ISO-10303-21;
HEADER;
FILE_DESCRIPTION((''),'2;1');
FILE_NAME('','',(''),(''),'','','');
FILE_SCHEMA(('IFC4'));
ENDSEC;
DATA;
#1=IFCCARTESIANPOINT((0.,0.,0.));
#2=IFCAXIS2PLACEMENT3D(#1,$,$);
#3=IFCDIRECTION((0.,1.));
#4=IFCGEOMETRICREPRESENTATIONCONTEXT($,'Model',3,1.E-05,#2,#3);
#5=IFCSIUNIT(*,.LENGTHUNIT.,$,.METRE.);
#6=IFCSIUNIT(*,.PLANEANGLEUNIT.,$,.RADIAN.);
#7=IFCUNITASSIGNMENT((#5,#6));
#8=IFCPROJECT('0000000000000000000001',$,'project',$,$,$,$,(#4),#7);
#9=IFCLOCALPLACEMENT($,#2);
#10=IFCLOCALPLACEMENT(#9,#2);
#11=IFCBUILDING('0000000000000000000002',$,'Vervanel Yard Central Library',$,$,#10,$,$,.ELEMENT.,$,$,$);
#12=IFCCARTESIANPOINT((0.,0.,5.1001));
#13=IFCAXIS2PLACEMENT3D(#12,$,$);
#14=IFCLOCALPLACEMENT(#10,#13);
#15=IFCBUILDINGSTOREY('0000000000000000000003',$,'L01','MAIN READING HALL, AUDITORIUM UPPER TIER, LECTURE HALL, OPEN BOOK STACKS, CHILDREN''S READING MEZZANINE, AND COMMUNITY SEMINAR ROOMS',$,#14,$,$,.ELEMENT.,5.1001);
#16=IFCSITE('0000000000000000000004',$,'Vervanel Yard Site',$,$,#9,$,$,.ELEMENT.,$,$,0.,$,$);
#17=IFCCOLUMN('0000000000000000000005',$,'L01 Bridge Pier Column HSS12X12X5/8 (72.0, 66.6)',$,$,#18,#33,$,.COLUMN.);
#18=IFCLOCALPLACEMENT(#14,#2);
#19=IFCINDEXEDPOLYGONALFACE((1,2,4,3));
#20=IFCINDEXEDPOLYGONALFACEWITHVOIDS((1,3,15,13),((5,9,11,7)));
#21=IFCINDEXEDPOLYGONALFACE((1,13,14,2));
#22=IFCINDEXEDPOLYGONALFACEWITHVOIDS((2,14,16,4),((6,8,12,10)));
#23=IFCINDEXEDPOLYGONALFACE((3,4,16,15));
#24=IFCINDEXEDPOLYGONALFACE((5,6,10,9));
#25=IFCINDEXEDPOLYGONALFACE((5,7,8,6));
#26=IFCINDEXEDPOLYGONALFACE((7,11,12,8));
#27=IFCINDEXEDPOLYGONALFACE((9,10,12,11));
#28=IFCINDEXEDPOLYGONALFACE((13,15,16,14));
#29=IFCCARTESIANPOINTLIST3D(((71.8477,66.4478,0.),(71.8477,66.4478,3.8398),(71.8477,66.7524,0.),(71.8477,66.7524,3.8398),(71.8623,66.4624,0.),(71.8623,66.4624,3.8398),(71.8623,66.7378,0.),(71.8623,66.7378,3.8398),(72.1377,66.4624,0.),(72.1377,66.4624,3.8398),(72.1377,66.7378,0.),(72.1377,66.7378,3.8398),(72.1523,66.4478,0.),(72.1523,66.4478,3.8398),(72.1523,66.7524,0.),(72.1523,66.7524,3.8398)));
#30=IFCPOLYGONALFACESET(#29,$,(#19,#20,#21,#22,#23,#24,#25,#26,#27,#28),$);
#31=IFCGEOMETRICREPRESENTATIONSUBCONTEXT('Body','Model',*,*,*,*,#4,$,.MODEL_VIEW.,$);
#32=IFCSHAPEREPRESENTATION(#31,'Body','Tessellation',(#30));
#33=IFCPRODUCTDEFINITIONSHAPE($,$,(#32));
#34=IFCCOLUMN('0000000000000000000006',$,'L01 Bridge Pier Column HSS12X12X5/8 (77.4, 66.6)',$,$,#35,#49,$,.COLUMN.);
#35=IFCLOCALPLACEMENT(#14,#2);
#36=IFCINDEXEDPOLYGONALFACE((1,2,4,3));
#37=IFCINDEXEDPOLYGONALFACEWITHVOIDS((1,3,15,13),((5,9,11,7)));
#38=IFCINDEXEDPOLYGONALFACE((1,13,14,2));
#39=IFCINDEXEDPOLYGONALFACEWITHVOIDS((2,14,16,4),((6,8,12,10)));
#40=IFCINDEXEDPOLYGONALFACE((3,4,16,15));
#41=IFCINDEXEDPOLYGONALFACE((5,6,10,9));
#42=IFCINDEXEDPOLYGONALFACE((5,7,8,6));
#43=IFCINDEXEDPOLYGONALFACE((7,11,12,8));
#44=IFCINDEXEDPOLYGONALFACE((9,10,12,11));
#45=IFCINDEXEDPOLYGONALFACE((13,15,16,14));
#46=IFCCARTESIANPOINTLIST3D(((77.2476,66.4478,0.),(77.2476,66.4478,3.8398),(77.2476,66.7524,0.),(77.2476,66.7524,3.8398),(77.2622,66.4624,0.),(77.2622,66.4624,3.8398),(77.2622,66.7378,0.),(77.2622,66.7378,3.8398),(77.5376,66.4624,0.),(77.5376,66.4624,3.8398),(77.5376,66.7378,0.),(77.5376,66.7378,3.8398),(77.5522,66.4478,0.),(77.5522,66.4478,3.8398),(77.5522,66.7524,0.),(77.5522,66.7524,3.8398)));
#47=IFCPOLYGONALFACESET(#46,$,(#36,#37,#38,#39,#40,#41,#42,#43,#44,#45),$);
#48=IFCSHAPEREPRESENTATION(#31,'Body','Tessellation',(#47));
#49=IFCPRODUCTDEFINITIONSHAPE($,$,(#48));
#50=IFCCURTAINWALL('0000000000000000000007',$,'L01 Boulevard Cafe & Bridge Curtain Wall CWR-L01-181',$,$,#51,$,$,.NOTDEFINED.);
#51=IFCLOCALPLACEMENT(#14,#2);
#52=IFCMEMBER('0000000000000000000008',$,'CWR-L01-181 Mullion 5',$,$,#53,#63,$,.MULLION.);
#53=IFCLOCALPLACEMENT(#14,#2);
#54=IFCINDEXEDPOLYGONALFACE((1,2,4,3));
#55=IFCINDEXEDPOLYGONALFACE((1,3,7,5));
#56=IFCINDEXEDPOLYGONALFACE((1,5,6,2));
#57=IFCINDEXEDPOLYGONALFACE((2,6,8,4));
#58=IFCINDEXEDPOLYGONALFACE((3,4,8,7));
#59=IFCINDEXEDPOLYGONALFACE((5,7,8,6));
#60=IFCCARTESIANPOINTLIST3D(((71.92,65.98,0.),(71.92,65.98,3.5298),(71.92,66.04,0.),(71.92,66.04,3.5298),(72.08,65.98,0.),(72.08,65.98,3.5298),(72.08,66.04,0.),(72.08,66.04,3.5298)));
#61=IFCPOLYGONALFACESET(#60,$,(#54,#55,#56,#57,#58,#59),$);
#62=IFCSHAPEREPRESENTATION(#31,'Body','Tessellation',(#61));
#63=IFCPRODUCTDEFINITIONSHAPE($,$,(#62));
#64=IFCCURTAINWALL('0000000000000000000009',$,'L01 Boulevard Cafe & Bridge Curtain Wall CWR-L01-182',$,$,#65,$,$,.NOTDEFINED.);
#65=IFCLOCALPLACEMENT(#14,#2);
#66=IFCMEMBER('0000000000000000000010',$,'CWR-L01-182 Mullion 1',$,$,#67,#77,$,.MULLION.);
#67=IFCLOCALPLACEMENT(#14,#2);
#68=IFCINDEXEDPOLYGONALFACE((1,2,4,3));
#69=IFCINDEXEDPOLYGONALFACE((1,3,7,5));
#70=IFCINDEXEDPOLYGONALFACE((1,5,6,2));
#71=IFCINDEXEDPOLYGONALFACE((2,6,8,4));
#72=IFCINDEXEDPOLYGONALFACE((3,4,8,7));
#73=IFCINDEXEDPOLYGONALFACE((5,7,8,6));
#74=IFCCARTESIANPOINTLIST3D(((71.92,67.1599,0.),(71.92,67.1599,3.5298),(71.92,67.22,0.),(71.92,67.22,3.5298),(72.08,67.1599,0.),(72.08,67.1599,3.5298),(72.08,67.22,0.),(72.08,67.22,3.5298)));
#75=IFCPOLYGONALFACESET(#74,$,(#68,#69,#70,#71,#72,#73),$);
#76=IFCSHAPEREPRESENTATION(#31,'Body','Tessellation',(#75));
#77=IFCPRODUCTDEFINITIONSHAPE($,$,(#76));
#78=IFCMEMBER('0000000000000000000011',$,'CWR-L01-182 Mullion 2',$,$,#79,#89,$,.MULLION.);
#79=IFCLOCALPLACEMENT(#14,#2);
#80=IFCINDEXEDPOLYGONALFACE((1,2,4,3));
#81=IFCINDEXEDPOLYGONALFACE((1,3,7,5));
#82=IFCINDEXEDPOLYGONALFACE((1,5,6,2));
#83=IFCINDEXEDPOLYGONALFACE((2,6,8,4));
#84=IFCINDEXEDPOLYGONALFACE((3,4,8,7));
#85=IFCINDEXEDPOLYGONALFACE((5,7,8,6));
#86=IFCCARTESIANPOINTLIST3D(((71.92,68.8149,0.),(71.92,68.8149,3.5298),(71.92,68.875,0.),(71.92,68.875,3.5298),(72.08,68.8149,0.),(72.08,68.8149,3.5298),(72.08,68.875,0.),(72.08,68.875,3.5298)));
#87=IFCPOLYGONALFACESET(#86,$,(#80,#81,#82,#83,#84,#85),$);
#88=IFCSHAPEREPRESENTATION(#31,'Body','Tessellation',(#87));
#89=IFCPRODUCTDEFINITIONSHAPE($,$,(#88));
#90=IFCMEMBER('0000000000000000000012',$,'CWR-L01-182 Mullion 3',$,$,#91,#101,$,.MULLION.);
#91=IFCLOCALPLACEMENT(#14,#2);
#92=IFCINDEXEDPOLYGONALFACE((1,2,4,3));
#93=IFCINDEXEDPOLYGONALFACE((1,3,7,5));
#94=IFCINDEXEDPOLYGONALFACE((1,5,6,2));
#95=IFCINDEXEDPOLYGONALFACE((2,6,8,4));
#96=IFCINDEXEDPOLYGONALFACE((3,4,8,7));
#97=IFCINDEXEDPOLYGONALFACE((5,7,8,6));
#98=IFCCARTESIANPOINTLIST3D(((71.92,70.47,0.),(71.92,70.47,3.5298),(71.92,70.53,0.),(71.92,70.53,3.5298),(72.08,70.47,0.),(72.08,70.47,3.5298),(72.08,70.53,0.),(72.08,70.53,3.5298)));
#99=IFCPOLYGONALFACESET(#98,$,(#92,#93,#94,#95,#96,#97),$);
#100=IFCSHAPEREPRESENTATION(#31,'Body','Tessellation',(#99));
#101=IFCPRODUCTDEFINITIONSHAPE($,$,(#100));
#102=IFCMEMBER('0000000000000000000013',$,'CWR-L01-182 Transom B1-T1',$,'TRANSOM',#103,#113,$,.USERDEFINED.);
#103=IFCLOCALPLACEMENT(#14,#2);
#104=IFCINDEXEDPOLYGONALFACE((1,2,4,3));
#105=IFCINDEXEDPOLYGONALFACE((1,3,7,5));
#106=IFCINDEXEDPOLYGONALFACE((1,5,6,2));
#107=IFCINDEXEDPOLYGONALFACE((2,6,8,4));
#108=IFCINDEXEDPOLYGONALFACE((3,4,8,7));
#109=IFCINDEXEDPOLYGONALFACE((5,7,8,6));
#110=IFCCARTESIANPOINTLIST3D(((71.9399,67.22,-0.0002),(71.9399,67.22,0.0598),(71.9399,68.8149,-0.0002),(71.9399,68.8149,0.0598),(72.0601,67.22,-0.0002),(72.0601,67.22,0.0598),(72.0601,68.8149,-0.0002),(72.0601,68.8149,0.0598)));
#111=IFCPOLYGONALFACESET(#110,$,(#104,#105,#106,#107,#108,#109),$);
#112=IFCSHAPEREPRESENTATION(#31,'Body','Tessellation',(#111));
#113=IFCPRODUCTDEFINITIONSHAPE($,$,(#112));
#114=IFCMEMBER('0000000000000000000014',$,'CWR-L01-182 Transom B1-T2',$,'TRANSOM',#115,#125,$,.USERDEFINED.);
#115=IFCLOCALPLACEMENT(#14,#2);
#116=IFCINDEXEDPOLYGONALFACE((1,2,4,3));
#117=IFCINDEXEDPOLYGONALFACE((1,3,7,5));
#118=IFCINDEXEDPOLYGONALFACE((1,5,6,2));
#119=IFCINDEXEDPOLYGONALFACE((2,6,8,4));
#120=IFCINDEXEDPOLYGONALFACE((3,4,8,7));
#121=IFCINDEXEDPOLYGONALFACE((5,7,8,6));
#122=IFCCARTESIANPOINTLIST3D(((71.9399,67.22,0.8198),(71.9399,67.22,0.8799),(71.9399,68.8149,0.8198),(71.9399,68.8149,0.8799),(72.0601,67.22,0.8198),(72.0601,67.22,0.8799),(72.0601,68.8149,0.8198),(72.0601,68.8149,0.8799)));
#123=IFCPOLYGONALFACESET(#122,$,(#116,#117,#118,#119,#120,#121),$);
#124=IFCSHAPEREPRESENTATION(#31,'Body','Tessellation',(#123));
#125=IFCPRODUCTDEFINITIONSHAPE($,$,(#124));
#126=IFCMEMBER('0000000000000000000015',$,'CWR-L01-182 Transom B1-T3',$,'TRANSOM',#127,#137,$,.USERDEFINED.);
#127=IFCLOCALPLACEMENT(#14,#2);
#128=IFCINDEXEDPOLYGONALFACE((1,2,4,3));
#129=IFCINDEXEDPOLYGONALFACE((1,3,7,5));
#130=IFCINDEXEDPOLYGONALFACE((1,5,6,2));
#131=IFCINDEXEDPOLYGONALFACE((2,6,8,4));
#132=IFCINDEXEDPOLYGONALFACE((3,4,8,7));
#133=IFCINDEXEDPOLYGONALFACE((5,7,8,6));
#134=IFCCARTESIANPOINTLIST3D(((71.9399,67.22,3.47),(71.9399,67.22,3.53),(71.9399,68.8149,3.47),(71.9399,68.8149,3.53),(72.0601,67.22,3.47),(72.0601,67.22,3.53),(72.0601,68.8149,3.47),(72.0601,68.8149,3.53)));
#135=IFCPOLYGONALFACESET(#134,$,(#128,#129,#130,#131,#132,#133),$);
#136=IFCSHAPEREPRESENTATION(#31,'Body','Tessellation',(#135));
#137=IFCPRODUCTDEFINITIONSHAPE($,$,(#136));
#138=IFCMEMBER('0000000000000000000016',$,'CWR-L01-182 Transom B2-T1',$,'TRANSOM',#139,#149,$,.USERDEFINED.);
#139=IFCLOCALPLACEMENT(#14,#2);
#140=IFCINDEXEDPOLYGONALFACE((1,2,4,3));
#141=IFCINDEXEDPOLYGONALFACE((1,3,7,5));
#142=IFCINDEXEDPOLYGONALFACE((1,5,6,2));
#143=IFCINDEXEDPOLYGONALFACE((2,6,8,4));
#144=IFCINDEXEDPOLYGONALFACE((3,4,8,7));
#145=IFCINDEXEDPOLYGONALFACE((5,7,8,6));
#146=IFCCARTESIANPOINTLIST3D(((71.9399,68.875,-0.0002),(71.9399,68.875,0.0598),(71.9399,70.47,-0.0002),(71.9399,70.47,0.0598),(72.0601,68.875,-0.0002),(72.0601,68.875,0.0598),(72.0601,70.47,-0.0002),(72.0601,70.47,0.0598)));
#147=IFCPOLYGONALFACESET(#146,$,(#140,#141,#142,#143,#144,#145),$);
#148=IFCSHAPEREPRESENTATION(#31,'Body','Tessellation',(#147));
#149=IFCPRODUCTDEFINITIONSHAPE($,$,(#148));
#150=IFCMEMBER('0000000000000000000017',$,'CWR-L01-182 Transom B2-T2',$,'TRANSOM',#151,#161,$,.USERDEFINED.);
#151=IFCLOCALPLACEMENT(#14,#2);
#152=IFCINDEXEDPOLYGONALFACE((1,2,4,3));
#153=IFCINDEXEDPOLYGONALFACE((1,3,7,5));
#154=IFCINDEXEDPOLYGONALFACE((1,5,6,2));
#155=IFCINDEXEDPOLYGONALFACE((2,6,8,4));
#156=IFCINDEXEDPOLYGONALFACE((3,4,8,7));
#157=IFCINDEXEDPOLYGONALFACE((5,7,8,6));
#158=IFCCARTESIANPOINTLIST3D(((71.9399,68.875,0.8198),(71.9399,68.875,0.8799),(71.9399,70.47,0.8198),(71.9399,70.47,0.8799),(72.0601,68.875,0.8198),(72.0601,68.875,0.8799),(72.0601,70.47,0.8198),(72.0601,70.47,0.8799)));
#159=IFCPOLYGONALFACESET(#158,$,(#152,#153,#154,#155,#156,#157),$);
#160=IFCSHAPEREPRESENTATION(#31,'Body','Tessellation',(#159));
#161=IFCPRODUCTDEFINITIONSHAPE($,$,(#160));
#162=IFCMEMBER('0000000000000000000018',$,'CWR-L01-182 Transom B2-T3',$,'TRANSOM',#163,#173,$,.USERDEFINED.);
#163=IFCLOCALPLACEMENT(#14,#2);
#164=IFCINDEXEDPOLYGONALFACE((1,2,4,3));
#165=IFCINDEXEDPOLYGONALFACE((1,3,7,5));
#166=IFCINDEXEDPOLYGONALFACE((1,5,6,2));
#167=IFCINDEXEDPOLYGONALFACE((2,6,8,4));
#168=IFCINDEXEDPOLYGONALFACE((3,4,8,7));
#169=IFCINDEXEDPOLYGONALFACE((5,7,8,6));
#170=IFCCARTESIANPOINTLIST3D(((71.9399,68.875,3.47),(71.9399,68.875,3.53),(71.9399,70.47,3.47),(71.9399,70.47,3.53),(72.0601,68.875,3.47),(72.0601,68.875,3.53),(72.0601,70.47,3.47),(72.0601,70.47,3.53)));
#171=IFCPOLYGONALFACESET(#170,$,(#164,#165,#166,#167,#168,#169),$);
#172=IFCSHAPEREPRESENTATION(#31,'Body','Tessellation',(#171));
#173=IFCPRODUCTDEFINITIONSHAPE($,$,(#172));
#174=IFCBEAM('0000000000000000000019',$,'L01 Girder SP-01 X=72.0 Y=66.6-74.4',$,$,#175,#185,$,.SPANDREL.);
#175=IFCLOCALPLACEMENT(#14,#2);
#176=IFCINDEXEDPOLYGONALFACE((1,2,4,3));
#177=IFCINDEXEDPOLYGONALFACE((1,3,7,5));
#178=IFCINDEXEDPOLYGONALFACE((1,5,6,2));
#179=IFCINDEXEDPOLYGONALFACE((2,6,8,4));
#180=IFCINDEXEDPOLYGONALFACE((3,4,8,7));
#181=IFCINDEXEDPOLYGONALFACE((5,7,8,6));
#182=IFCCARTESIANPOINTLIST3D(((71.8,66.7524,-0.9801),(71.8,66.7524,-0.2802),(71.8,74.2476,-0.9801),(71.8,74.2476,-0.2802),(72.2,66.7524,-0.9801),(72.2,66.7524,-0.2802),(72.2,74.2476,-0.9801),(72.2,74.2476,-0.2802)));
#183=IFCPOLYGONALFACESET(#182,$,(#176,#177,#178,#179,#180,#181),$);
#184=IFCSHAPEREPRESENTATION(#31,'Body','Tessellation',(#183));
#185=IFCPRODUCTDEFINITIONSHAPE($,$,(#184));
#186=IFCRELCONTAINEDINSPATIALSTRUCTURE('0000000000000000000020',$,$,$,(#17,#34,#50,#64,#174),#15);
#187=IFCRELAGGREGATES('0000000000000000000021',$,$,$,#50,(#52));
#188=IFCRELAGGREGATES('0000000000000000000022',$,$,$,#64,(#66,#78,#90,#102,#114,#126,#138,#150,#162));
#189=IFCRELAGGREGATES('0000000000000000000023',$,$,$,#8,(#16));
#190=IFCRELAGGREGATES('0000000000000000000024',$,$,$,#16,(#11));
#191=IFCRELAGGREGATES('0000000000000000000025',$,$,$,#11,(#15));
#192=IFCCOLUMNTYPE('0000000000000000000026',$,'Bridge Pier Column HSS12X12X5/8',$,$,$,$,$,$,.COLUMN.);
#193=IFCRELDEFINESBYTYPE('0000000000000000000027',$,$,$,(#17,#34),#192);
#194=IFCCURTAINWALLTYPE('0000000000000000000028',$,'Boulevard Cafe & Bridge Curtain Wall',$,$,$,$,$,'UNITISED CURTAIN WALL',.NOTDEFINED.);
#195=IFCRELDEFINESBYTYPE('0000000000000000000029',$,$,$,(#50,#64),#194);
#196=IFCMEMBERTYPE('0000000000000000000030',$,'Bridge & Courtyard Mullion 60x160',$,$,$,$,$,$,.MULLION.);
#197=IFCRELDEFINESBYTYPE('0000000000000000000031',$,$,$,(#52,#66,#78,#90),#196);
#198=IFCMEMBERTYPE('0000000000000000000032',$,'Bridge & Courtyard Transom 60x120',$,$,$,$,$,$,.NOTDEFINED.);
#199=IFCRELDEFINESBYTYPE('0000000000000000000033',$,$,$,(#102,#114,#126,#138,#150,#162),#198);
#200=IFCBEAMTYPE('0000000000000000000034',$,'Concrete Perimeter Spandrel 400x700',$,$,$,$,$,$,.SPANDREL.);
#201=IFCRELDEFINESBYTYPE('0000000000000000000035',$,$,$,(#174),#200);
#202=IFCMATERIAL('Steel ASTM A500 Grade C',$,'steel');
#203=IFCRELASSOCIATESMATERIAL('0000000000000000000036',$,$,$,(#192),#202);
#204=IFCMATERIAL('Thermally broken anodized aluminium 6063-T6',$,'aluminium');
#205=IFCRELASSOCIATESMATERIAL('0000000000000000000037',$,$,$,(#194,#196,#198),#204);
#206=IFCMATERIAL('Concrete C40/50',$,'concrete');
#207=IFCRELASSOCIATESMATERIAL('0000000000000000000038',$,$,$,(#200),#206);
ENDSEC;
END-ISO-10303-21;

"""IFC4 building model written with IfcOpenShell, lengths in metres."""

from ifc_helpers import new_model, si_unit, direction, frame, origin, origin_2d, place, context, subcontext, project, spatial, rectangle, hollow_rectangle, extrude, material, material_profile, profile_set, type_object, element, aggregate, save


model = new_model("IFC4")

# Units and contexts
model_context = context("Model", 3, precision=1e-05, world=origin(), true_north=direction((0.0, 1.0)))
body_context = subcontext(model_context, "Body", "Model", "MODEL_VIEW")
ifc_project = project(units=[si_unit("LENGTHUNIT", "METRE"), si_unit("PLANEANGLEUNIT", "RADIAN")], contexts=[model_context])

# Site, building, storey
site_placement = place(None, origin())
site = spatial("IfcSite", under=ifc_project, at=site_placement, Name="Vervanel Yard Site", CompositionType="ELEMENT", RefElevation=0.0)
building_placement = place(site_placement, origin())
building = spatial("IfcBuilding", under=site, at=building_placement, Name="Vervanel Yard Central Library", CompositionType="ELEMENT")
storey_placement = place(building_placement, frame((0.0, 0.0, 5.1001)))
storey = spatial("IfcBuildingStorey", under=building, at=storey_placement, Name="L01", Description="MAIN READING HALL, AUDITORIUM UPPER TIER, LECTURE HALL, OPEN BOOK STACKS, CHILDREN'S READING MEZZANINE, AND COMMUNITY SEMINAR ROOMS", CompositionType="ELEMENT", Elevation=5.1001)

# Columns
ifc_material_1 = material(Name="Steel ASTM A500 Grade C", Category="steel")
ifc_material_profile_1 = material_profile(ifc_material_1, hollow_rectangle(XDim=0.3047, YDim=0.3047, WallThickness=0.0146, at=origin_2d()), Name="HSS12X12X5/8", Category="steel")
ifc_profile_set_1 = profile_set([ifc_material_profile_1], Name="Steel ASTM A500 Grade C")
column_type = type_object("IfcColumnType", Name="Bridge Pier Column HSS12X12X5/8", PredefinedType="COLUMN", material=ifc_profile_set_1)
for number, where, z_axis, x_axis, name in (
    (1, (72.0, 66.6001, 0.0), (0.0, 0.0, 1.0), (1.0, 0.0, 0.0), "L01 Bridge Pier Column HSS12X12X5/8 (72.0, 66.6)"),
    (2, (77.3999, 66.6001, 0.0), (0.0, 0.0, 1.0), (1.0, 0.0, 0.0), "L01 Bridge Pier Column HSS12X12X5/8 (77.4, 66.6)"),
):
    element("IfcColumn", number, at=place(storey_placement, frame(where, z_axis=z_axis, x_axis=x_axis)), inside=storey, type_object=column_type, Name=name, PredefinedType="COLUMN", context=body_context, shape_type="SweptSolid", body=[
        extrude(hollow_rectangle(XDim=0.3047, YDim=0.3047, WallThickness=0.0146, at=origin_2d()), origin(), (0.0, 0.0, 1.0), 3.8398),
    ])

# Curtain wall, member
ifc_material_2 = material(Name="Thermally broken anodized aluminium 6063-T6", Category="aluminium")
curtain_wall_type = type_object("IfcCurtainWallType", Name="Boulevard Cafe & Bridge Curtain Wall", ElementType="UNITISED CURTAIN WALL", PredefinedType="NOTDEFINED", material=ifc_material_2)
curtain_wall_1_placement = place(storey_placement, origin())
curtain_wall_1 = element("IfcCurtainWall", 3, at=curtain_wall_1_placement, inside=storey, type_object=curtain_wall_type, Name="L01 Boulevard Cafe & Bridge Curtain Wall CWR-L01-181", PredefinedType="NOTDEFINED")
ifc_material_profile_2 = material_profile(ifc_material_2, rectangle(XDim=0.0601, YDim=0.1599, at=origin_2d()), Name="ALU 60x160", Category="aluminium")
ifc_profile_set_2 = profile_set([ifc_material_profile_2], Name="Thermally broken anodized aluminium 6063-T6")
member_type_1 = type_object("IfcMemberType", Name="Bridge & Courtyard Mullion 60x160", PredefinedType="MULLION", material=ifc_profile_set_2)
member_1_placement = place(storey_placement, frame((72.0, 66.01, 0.0), z_axis=(0.0, 0.0, 1.0), x_axis=(0.0, 1.0, 0.0)))
member_1 = element("IfcMember", 4, at=member_1_placement, type_object=member_type_1, Name="CWR-L01-181 Mullion 5", PredefinedType="MULLION", context=body_context, shape_type="SweptSolid", body=[
    extrude(rectangle(XDim=0.0601, YDim=0.1599, at=origin_2d()), origin(), (0.0, 0.0, 1.0), 3.5298),
])

# Curtain wall, members
curtain_wall_2_placement = place(storey_placement, origin())
curtain_wall_2 = element("IfcCurtainWall", 5, at=curtain_wall_2_placement, inside=storey, type_object=curtain_wall_type, Name="L01 Boulevard Cafe & Bridge Curtain Wall CWR-L01-182", PredefinedType="NOTDEFINED")
member_2_placement = place(storey_placement, frame((72.0, 67.1899, 0.0), z_axis=(0.0, 0.0, 1.0), x_axis=(0.0, 1.0, 0.0)))
member_2 = element("IfcMember", 6, at=member_2_placement, type_object=member_type_1, Name="CWR-L01-182 Mullion 1", PredefinedType="MULLION", context=body_context, shape_type="SweptSolid", body=[
    extrude(rectangle(XDim=0.0601, YDim=0.1599, at=origin_2d()), origin(), (0.0, 0.0, 1.0), 3.5298),
])
member_3_placement = place(storey_placement, frame((72.0, 68.845, 0.0), z_axis=(0.0, 0.0, 1.0), x_axis=(0.0, 1.0, 0.0)))
member_3 = element("IfcMember", 7, at=member_3_placement, type_object=member_type_1, Name="CWR-L01-182 Mullion 2", PredefinedType="MULLION", context=body_context, shape_type="SweptSolid", body=[
    extrude(rectangle(XDim=0.0601, YDim=0.1599, at=origin_2d()), origin(), (0.0, 0.0, 1.0), 3.5298),
])
member_4_placement = place(storey_placement, frame((72.0, 70.5, 0.0), z_axis=(0.0, 0.0, 1.0), x_axis=(0.0, 1.0, 0.0)))
member_4 = element("IfcMember", 8, at=member_4_placement, type_object=member_type_1, Name="CWR-L01-182 Mullion 3", PredefinedType="MULLION", context=body_context, shape_type="SweptSolid", body=[
    extrude(rectangle(XDim=0.0601, YDim=0.1599, at=origin_2d()), origin(), (0.0, 0.0, 1.0), 3.5298),
])
ifc_material_profile_3 = material_profile(ifc_material_2, rectangle(XDim=0.0601, YDim=0.1201, at=origin_2d()), Name="ALU 60x120", Category="aluminium")
ifc_profile_set_3 = profile_set([ifc_material_profile_3], Name="Thermally broken anodized aluminium 6063-T6")
member_type_2 = type_object("IfcMemberType", Name="Bridge & Courtyard Transom 60x120", PredefinedType="NOTDEFINED", material=ifc_profile_set_3)
member_5_placement = place(storey_placement, frame((72.0, 67.22, 0.0298), z_axis=(0.0, 1.0, 0.0), x_axis=(0.0, 0.0, 1.0)))
member_5 = element("IfcMember", 9, at=member_5_placement, type_object=member_type_2, Name="CWR-L01-182 Transom B1-T1", ObjectType="TRANSOM", PredefinedType="USERDEFINED", context=body_context, shape_type="SweptSolid", body=[
    extrude(rectangle(XDim=0.0601, YDim=0.1201, at=origin_2d()), origin(), (0.0, 0.0, 1.0), 1.595),
])
member_6_placement = place(storey_placement, frame((72.0, 67.22, 0.8499), z_axis=(0.0, 1.0, 0.0), x_axis=(0.0, 0.0, 1.0)))
member_6 = element("IfcMember", 10, at=member_6_placement, type_object=member_type_2, Name="CWR-L01-182 Transom B1-T2", ObjectType="TRANSOM", PredefinedType="USERDEFINED", context=body_context, shape_type="SweptSolid", body=[
    extrude(rectangle(XDim=0.0601, YDim=0.1201, at=origin_2d()), origin(), (0.0, 0.0, 1.0), 1.595),
])
member_7_placement = place(storey_placement, frame((72.0, 67.22, 3.5), z_axis=(0.0, 1.0, 0.0), x_axis=(0.0, 0.0, 1.0)))
member_7 = element("IfcMember", 11, at=member_7_placement, type_object=member_type_2, Name="CWR-L01-182 Transom B1-T3", ObjectType="TRANSOM", PredefinedType="USERDEFINED", context=body_context, shape_type="SweptSolid", body=[
    extrude(rectangle(XDim=0.0601, YDim=0.1201, at=origin_2d()), origin(), (0.0, 0.0, 1.0), 1.595),
])
member_8_placement = place(storey_placement, frame((72.0, 68.875, 0.0298), z_axis=(0.0, 1.0, 0.0), x_axis=(0.0, 0.0, 1.0)))
member_8 = element("IfcMember", 12, at=member_8_placement, type_object=member_type_2, Name="CWR-L01-182 Transom B2-T1", ObjectType="TRANSOM", PredefinedType="USERDEFINED", context=body_context, shape_type="SweptSolid", body=[
    extrude(rectangle(XDim=0.0601, YDim=0.1201, at=origin_2d()), origin(), (0.0, 0.0, 1.0), 1.595),
])
member_9_placement = place(storey_placement, frame((72.0, 68.875, 0.8499), z_axis=(0.0, 1.0, 0.0), x_axis=(0.0, 0.0, 1.0)))
member_9 = element("IfcMember", 13, at=member_9_placement, type_object=member_type_2, Name="CWR-L01-182 Transom B2-T2", ObjectType="TRANSOM", PredefinedType="USERDEFINED", context=body_context, shape_type="SweptSolid", body=[
    extrude(rectangle(XDim=0.0601, YDim=0.1201, at=origin_2d()), origin(), (0.0, 0.0, 1.0), 1.595),
])
member_10_placement = place(storey_placement, frame((72.0, 68.875, 3.5), z_axis=(0.0, 1.0, 0.0), x_axis=(0.0, 0.0, 1.0)))
member_10 = element("IfcMember", 14, at=member_10_placement, type_object=member_type_2, Name="CWR-L01-182 Transom B2-T3", ObjectType="TRANSOM", PredefinedType="USERDEFINED", context=body_context, shape_type="SweptSolid", body=[
    extrude(rectangle(XDim=0.0601, YDim=0.1201, at=origin_2d()), origin(), (0.0, 0.0, 1.0), 1.595),
])

# Beam
ifc_material_3 = material(Name="Concrete C40/50", Category="concrete")
ifc_material_profile_4 = material_profile(ifc_material_3, rectangle(XDim=0.3999, YDim=0.7, at=origin_2d()), Name="RC 400x700", Category="concrete")
ifc_profile_set_4 = profile_set([ifc_material_profile_4], Name="Concrete C40/50")
beam_type_1 = type_object("IfcBeamType", Name="Concrete Perimeter Spandrel 400x700", PredefinedType="SPANDREL", material=ifc_profile_set_4)
beam_1_placement = place(storey_placement, frame((72.0, 66.7524, -0.6301), z_axis=(0.0, 1.0, 0.0), x_axis=(-1.0, 0.0, 0.0)))
element("IfcBeam", 15, at=beam_1_placement, inside=storey, type_object=beam_type_1, Name="L01 Girder SP-01 X=72.0 Y=66.6-74.4", PredefinedType="SPANDREL", context=body_context, shape_type="SweptSolid", body=[
    extrude(rectangle(XDim=0.3999, YDim=0.7, at=origin_2d()), origin(), (0.0, 0.0, 1.0), 7.4951),
])

aggregate(curtain_wall_1, [member_1])
aggregate(curtain_wall_2, [member_2, member_3, member_4, member_5, member_6, member_7, member_8, member_9, member_10])

save(model, "model.ifc")
